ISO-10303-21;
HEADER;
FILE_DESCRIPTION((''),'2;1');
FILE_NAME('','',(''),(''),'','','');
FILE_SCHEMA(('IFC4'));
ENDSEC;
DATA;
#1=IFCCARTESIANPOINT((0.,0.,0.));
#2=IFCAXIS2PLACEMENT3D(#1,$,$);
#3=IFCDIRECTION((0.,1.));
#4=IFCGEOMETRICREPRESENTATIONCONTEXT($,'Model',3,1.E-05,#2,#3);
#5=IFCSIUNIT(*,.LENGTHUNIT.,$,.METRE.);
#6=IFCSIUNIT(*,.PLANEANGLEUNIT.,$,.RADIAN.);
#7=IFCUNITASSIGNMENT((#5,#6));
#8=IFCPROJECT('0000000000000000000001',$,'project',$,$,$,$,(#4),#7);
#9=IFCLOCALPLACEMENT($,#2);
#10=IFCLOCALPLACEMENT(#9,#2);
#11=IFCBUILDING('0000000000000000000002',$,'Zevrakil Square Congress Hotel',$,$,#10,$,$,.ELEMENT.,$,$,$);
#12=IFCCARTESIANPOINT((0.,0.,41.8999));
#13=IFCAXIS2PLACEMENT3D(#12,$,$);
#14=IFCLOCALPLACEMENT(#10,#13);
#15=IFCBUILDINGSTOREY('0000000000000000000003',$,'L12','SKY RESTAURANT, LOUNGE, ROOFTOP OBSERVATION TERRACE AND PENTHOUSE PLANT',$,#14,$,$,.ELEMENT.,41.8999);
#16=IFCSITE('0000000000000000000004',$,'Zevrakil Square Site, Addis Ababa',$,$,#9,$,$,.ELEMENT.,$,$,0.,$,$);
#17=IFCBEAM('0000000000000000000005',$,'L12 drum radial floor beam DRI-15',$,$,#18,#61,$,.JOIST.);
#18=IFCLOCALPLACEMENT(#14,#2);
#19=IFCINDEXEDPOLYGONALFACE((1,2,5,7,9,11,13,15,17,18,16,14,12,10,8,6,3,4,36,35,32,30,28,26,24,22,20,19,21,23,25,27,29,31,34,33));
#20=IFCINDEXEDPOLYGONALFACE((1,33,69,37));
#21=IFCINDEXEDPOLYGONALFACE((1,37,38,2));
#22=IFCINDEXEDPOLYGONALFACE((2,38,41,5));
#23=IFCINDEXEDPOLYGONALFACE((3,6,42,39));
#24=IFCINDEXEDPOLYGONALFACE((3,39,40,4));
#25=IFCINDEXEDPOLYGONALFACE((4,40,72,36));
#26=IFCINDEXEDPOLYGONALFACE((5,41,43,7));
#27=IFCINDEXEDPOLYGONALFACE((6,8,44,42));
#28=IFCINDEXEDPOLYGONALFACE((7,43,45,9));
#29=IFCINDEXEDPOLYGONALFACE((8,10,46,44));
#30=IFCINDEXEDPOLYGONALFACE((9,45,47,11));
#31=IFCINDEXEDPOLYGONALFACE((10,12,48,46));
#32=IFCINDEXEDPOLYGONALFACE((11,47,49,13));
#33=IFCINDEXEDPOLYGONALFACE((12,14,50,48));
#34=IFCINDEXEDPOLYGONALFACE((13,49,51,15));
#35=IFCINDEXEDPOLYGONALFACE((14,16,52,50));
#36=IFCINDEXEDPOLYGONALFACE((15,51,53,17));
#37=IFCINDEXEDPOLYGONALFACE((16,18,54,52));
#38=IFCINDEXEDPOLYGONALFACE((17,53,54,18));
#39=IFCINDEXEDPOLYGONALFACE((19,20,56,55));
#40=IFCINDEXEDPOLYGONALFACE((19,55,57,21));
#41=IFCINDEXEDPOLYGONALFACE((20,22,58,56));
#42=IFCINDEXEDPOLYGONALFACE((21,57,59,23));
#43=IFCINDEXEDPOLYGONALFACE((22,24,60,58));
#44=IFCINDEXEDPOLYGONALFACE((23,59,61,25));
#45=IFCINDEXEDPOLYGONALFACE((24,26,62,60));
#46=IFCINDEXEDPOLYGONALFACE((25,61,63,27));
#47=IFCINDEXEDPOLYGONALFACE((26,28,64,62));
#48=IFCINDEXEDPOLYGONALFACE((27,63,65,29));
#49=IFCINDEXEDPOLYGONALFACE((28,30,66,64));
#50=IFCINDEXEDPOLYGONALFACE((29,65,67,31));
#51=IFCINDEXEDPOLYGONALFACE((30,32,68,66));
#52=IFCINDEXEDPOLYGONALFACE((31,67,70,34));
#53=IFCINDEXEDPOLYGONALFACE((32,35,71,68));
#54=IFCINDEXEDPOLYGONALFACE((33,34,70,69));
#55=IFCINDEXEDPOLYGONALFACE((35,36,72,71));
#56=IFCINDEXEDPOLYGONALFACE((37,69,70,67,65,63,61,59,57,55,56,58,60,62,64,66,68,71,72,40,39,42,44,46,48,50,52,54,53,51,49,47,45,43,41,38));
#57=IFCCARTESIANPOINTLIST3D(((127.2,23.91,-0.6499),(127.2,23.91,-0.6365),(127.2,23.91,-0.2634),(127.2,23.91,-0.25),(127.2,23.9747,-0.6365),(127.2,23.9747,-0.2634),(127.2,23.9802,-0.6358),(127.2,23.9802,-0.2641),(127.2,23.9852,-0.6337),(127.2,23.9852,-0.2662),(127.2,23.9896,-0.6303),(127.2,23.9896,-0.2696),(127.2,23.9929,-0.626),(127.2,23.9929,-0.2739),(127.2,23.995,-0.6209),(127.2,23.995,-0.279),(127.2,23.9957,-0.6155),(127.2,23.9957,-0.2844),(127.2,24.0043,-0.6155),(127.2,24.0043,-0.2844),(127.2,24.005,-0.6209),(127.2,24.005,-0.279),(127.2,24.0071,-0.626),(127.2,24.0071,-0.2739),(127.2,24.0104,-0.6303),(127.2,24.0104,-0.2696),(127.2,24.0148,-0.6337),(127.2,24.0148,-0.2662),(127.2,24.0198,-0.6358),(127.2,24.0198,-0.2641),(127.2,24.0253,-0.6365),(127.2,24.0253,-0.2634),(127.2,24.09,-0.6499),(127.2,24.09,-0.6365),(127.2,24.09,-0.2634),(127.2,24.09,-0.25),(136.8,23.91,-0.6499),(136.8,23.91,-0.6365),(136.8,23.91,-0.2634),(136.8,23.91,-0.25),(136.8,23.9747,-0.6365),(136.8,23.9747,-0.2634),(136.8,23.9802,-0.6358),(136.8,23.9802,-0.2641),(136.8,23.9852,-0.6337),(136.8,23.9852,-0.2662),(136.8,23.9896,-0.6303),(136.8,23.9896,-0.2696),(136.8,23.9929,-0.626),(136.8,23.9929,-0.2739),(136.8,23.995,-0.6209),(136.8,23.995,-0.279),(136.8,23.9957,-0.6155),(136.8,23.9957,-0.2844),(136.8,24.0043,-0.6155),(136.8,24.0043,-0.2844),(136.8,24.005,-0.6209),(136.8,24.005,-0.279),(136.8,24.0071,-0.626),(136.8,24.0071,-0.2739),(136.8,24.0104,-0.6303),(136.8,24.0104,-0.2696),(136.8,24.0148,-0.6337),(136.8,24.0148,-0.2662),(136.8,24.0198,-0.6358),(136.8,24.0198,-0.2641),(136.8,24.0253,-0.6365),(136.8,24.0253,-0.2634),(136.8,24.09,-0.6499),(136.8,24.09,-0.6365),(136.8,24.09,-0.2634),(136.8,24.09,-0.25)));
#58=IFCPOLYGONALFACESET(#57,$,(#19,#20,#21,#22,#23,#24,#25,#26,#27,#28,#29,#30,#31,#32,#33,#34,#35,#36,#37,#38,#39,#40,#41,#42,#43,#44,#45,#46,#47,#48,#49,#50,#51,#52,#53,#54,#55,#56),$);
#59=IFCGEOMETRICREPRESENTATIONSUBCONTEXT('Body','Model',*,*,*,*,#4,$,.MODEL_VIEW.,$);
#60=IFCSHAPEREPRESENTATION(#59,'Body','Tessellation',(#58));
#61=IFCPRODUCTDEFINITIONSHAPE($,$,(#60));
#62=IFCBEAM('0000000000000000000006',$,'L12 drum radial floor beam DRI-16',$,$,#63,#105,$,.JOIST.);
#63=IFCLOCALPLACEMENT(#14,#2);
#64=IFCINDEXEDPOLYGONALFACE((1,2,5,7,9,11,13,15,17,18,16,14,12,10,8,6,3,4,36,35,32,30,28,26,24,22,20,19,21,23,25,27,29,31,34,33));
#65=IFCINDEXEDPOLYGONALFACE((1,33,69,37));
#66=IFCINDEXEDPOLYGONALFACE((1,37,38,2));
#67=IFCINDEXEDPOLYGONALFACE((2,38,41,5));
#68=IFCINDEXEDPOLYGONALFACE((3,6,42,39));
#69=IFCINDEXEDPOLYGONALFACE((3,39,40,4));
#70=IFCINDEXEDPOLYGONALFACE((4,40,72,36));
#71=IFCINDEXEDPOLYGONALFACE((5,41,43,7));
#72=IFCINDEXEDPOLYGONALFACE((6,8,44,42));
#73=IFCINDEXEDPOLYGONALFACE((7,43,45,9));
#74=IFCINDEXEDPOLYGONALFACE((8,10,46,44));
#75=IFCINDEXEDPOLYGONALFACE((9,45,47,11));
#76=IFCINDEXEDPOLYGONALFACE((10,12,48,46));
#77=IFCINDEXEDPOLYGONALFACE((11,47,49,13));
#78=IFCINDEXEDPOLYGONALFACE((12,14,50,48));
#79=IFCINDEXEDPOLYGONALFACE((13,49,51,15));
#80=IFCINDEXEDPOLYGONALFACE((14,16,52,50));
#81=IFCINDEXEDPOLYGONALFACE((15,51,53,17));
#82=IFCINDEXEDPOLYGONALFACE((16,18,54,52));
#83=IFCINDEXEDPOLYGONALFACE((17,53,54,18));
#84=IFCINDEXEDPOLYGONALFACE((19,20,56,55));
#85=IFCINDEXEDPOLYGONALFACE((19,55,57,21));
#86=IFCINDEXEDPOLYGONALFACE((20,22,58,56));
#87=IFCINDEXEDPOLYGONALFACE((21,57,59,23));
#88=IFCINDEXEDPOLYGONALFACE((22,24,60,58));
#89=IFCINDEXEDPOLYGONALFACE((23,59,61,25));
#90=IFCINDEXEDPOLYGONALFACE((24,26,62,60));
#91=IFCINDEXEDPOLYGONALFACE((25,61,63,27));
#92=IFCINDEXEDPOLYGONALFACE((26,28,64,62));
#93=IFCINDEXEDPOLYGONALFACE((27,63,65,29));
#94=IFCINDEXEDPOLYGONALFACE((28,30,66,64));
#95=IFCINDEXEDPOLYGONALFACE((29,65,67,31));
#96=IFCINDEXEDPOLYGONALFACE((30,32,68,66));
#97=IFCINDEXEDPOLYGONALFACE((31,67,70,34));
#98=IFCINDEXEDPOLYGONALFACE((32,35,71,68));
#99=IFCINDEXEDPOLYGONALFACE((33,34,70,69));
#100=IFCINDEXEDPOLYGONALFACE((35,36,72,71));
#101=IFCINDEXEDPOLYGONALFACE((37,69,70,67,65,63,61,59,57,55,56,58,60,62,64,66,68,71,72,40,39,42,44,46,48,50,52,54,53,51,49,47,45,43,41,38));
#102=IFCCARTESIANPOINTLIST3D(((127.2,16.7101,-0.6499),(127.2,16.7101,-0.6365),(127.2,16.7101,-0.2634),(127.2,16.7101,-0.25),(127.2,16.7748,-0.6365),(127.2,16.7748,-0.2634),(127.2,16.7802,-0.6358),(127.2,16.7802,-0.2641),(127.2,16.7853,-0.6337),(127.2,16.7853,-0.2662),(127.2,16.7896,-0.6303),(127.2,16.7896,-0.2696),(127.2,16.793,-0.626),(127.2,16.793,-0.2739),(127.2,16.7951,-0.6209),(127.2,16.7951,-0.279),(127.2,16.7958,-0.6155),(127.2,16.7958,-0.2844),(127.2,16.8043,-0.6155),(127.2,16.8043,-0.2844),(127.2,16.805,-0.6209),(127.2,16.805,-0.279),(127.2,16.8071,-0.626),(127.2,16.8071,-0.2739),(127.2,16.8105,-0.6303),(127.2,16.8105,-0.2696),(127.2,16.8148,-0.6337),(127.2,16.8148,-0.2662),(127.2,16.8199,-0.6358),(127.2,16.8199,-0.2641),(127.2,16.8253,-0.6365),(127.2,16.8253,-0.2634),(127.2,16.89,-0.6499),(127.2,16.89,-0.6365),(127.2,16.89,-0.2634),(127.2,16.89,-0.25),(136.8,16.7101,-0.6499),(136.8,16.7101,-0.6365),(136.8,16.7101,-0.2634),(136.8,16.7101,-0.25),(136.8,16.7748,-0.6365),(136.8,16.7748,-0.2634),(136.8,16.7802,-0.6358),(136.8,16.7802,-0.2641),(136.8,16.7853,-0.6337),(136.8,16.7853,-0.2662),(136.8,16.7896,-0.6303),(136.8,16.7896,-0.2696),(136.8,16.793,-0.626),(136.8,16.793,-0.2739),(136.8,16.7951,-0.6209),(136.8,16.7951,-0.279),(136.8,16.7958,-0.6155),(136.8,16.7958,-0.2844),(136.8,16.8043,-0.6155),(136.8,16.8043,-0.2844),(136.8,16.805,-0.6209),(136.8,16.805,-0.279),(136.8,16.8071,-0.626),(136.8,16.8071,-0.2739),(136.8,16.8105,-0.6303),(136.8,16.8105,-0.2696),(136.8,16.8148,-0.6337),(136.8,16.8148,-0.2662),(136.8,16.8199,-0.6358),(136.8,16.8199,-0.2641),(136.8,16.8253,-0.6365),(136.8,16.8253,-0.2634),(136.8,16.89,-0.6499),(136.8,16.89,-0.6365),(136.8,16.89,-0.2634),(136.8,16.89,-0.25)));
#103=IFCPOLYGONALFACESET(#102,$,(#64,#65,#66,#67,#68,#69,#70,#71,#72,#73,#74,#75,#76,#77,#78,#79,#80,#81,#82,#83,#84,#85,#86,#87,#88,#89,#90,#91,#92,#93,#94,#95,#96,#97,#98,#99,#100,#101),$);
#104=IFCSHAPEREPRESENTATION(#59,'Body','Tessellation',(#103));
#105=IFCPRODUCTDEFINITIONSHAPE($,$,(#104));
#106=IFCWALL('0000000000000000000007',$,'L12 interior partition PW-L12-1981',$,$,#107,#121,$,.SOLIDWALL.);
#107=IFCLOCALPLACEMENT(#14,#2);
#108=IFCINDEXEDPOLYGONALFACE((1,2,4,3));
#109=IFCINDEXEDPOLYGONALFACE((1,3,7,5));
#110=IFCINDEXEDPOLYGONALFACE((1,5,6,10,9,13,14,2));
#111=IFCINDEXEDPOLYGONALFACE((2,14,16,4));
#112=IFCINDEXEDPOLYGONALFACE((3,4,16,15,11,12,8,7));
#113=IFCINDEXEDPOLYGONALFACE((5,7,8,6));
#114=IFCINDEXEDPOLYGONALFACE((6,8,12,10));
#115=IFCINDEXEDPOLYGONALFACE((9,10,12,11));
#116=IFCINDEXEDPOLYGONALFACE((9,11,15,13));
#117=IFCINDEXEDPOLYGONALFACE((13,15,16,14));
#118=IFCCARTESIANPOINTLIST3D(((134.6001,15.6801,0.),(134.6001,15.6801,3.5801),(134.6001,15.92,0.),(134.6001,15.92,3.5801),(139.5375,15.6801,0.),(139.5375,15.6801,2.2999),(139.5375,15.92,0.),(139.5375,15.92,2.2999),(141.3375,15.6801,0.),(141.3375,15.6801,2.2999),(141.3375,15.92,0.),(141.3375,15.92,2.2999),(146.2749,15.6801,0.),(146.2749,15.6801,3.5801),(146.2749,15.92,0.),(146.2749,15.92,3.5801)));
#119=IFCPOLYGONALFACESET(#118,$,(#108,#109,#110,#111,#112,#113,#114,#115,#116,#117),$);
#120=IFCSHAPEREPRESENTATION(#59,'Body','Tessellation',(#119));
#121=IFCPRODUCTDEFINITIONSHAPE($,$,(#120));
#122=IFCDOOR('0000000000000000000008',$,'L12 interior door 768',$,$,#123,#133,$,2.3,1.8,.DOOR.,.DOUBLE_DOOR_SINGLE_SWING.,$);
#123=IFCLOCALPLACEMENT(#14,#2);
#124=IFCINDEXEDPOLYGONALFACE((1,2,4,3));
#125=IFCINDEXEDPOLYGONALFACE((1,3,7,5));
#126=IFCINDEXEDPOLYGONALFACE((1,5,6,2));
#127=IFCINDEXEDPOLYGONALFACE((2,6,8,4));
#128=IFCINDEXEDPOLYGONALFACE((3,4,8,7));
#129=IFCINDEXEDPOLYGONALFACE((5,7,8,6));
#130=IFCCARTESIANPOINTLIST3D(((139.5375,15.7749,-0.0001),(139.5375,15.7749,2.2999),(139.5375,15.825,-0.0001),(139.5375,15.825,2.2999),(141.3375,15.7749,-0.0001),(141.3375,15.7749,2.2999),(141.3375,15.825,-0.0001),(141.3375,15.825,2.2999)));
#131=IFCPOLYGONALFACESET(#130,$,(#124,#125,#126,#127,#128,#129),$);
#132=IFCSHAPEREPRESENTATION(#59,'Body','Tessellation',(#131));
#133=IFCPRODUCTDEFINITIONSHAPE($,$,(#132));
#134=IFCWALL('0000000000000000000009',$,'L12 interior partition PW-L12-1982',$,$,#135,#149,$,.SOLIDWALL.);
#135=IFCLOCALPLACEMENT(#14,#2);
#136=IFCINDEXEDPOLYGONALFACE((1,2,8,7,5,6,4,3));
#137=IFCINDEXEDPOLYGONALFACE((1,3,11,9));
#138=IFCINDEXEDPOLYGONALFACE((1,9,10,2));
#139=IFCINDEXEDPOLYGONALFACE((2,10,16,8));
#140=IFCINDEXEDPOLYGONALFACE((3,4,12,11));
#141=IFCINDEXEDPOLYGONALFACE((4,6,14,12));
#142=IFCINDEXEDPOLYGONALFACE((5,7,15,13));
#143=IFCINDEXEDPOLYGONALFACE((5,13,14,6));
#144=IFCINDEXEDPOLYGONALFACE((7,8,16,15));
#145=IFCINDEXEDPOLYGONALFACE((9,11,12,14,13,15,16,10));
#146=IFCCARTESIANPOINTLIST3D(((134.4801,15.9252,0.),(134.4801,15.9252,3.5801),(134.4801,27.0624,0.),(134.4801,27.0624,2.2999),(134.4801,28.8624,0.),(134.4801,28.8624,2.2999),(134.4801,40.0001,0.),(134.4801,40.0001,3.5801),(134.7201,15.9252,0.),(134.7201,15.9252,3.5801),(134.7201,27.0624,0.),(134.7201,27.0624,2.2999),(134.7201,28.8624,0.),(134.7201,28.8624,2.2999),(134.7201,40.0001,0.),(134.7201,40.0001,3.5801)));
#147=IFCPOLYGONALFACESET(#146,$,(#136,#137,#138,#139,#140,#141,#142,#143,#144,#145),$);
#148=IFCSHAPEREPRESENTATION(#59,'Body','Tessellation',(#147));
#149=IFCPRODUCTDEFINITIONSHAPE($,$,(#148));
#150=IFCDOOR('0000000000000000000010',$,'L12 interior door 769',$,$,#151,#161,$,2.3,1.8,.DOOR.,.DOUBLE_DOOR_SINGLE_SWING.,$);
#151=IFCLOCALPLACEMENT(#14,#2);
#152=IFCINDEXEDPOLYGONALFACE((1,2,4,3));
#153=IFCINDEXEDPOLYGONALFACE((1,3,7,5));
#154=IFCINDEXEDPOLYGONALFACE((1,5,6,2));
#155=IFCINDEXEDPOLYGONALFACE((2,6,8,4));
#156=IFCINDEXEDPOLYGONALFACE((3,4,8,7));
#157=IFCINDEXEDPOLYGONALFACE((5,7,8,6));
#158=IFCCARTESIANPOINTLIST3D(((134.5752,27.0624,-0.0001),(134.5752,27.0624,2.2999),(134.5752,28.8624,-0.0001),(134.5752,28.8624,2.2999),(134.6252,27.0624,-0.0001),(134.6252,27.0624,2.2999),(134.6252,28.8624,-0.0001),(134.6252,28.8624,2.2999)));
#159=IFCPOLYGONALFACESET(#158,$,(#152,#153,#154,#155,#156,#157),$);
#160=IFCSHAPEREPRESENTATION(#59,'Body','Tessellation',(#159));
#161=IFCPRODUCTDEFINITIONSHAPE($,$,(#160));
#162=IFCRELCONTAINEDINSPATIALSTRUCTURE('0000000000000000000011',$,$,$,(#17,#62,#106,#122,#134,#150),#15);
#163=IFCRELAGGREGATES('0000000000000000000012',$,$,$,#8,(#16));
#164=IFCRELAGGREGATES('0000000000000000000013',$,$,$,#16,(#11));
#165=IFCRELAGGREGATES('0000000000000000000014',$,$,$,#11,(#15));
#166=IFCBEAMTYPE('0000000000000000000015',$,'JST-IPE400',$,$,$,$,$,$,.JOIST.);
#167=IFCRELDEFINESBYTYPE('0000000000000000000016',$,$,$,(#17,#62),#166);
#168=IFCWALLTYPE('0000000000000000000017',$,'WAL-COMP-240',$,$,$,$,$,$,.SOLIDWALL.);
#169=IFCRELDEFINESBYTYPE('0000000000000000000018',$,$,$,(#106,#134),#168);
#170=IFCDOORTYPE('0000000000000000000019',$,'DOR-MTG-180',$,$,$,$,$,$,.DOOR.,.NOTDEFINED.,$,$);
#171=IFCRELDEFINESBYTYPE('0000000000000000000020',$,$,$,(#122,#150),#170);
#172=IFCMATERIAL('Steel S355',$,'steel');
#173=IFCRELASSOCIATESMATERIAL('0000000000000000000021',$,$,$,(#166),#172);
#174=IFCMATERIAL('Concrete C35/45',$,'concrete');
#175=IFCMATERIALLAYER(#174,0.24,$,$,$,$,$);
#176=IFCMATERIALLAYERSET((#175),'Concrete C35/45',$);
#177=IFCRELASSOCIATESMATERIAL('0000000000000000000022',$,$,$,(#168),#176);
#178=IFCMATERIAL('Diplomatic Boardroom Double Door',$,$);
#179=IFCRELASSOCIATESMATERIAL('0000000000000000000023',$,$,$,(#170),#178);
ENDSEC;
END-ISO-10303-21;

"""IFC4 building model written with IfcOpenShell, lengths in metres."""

from ifc_helpers import new_model, si_unit, direction, frame, frame_2d, origin, origin_2d, place, context, subcontext, project, spatial, rectangle, i_section, extrude, material, layer, layer_set, material_profile, profile_set, type_object, element, fill, save


model = new_model("IFC4")

# Units and contexts
model_context = context("Model", 3, precision=1e-05, world=origin(), true_north=direction((0.0, 1.0)))
body_context = subcontext(model_context, "Body", "Model", "MODEL_VIEW")
ifc_project = project(units=[si_unit("LENGTHUNIT", "METRE"), si_unit("PLANEANGLEUNIT", "RADIAN")], contexts=[model_context])

# Site, building, storey
site_placement = place(None, origin())
site = spatial("IfcSite", under=ifc_project, at=site_placement, Name="Zevrakil Square Site, Addis Ababa", CompositionType="ELEMENT", RefElevation=0.0)
building_placement = place(site_placement, origin())
building = spatial("IfcBuilding", under=site, at=building_placement, Name="Zevrakil Square Congress Hotel", CompositionType="ELEMENT")
storey_placement = place(building_placement, frame((0.0, 0.0, 41.8999)))
storey = spatial("IfcBuildingStorey", under=building, at=storey_placement, Name="L12", Description="SKY RESTAURANT, LOUNGE, ROOFTOP OBSERVATION TERRACE AND PENTHOUSE PLANT", CompositionType="ELEMENT", Elevation=41.8999)

# Beams
ifc_material_1 = material(Name="Steel S355", Category="steel")
ifc_material_profile_1 = material_profile(ifc_material_1, i_section(OverallWidth=0.1799, OverallDepth=0.3999, WebThickness=0.0085, FlangeThickness=0.0134, FilletRadius=0.021, at=origin_2d()), Name="IPE 400")
ifc_profile_set_1 = profile_set([ifc_material_profile_1], Name="Steel S355")
beam_type_1 = type_object("IfcBeamType", Name="JST-IPE400", PredefinedType="JOIST", material=ifc_profile_set_1)
for number, where, z_axis, x_axis, name in (
    (1, (136.8, 24.0, -0.45), (-1.0, 0.0, 0.0), (0.0, -1.0, 0.0), "L12 drum radial floor beam DRI-15"),
    (2, (136.8, 16.8, -0.45), (-1.0, 0.0, 0.0), (0.0, -1.0, 0.0), "L12 drum radial floor beam DRI-16"),
):
    element("IfcBeam", number, at=place(storey_placement, frame(where, z_axis=z_axis, x_axis=x_axis)), inside=storey, type_object=beam_type_1, Name=name, PredefinedType="JOIST", context=body_context, shape_type="SweptSolid", body=[
        extrude(i_section(OverallWidth=0.1799, OverallDepth=0.3999, WebThickness=0.0085, FlangeThickness=0.0134, FilletRadius=0.021, at=origin_2d()), origin(), (0.0, 0.0, 1.0), 9.6001),
    ])

# Walls, openings, doors
ifc_material_2 = material(Name="Concrete C35/45", Category="concrete")
ifc_layer_1 = layer(ifc_material_2, 0.24)
ifc_layer_set_1 = layer_set([ifc_layer_1], Name="Concrete C35/45")
wall_type_1 = type_object("IfcWallType", Name="WAL-COMP-240", PredefinedType="SOLIDWALL", material=ifc_layer_set_1)
wall_1_placement = place(storey_placement, frame((134.6001, 15.8, 0.0), z_axis=(0.0, 0.0, 1.0), x_axis=(1.0, 0.0, 0.0)))
wall_1 = element("IfcWall", 3, at=wall_1_placement, inside=storey, type_object=wall_type_1, Name="L12 interior partition PW-L12-1981", PredefinedType="SOLIDWALL", context=body_context, shape_type="SweptSolid", body=[
    extrude(rectangle(XDim=11.6748, YDim=0.24, at=frame_2d((5.8374, 0.0))), origin(), (0.0, 0.0, 1.0), 3.5801),
])
opening_1_placement = place(wall_1_placement, frame((4.9375, 0.0, 0.0)))
opening_1 = element("IfcOpeningElement", 4, at=opening_1_placement, cuts=wall_1, PredefinedType="OPENING", context=body_context, shape_type="SweptSolid", body=[
    extrude(rectangle(XDim=1.8, YDim=2.3, at=frame_2d((0.8999, 1.1499))), frame((0.0, 0.1299, 0.0), z_axis=(0.0, -1.0, 0.0), x_axis=(1.0, 0.0, 0.0)), (0.0, 0.0, 1.0), 0.26),
])
ifc_material_3 = material(Name="Diplomatic Boardroom Double Door")
door_type_1 = type_object("IfcDoorType", Name="DOR-MTG-180", OperationType="NOTDEFINED", PredefinedType="DOOR", material=ifc_material_3)
door_1_placement = place(opening_1_placement, origin())
door_1 = element("IfcDoor", 5, at=door_1_placement, inside=storey, type_object=door_type_1, Name="L12 interior door 768", OperationType="DOUBLE_DOOR_SINGLE_SWING", OverallHeight=2.3, OverallWidth=1.8, PredefinedType="DOOR", context=body_context, shape_type="SweptSolid", body=[
    extrude(rectangle(XDim=1.8, YDim=2.3, at=frame_2d((0.8999, 1.1499))), frame((0.0, 0.0249, 0.0), z_axis=(0.0, -1.0, 0.0), x_axis=(1.0, 0.0, 0.0)), (0.0, 0.0, 1.0), 0.05),
])
fill(opening_1, door_1)
wall_2_placement = place(storey_placement, frame((134.6001, 15.925, 0.0), z_axis=(0.0, 0.0, 1.0), x_axis=(0.0, 1.0, 0.0)))
wall_2 = element("IfcWall", 6, at=wall_2_placement, inside=storey, type_object=wall_type_1, Name="L12 interior partition PW-L12-1982", PredefinedType="SOLIDWALL", context=body_context, shape_type="SweptSolid", body=[
    extrude(rectangle(XDim=24.075, YDim=0.24, at=frame_2d((12.0376, 0.0))), origin(), (0.0, 0.0, 1.0), 3.5801),
])
opening_2_placement = place(wall_2_placement, frame((11.1375, 0.0, 0.0)))
opening_2 = element("IfcOpeningElement", 7, at=opening_2_placement, cuts=wall_2, PredefinedType="OPENING", context=body_context, shape_type="SweptSolid", body=[
    extrude(rectangle(XDim=1.8, YDim=2.3, at=frame_2d((0.8999, 1.1499))), frame((0.0, 0.1299, 0.0), z_axis=(0.0, -1.0, 0.0), x_axis=(1.0, 0.0, 0.0)), (0.0, 0.0, 1.0), 0.26),
])
door_2_placement = place(opening_2_placement, origin())
door_2 = element("IfcDoor", 8, at=door_2_placement, inside=storey, type_object=door_type_1, Name="L12 interior door 769", OperationType="DOUBLE_DOOR_SINGLE_SWING", OverallHeight=2.3, OverallWidth=1.8, PredefinedType="DOOR", context=body_context, shape_type="SweptSolid", body=[
    extrude(rectangle(XDim=1.8, YDim=2.3, at=frame_2d((0.8999, 1.1499))), frame((0.0, 0.0249, 0.0), z_axis=(0.0, -1.0, 0.0), x_axis=(1.0, 0.0, 0.0)), (0.0, 0.0, 1.0), 0.05),
])
fill(opening_2, door_2)

save(model, "model.ifc")
